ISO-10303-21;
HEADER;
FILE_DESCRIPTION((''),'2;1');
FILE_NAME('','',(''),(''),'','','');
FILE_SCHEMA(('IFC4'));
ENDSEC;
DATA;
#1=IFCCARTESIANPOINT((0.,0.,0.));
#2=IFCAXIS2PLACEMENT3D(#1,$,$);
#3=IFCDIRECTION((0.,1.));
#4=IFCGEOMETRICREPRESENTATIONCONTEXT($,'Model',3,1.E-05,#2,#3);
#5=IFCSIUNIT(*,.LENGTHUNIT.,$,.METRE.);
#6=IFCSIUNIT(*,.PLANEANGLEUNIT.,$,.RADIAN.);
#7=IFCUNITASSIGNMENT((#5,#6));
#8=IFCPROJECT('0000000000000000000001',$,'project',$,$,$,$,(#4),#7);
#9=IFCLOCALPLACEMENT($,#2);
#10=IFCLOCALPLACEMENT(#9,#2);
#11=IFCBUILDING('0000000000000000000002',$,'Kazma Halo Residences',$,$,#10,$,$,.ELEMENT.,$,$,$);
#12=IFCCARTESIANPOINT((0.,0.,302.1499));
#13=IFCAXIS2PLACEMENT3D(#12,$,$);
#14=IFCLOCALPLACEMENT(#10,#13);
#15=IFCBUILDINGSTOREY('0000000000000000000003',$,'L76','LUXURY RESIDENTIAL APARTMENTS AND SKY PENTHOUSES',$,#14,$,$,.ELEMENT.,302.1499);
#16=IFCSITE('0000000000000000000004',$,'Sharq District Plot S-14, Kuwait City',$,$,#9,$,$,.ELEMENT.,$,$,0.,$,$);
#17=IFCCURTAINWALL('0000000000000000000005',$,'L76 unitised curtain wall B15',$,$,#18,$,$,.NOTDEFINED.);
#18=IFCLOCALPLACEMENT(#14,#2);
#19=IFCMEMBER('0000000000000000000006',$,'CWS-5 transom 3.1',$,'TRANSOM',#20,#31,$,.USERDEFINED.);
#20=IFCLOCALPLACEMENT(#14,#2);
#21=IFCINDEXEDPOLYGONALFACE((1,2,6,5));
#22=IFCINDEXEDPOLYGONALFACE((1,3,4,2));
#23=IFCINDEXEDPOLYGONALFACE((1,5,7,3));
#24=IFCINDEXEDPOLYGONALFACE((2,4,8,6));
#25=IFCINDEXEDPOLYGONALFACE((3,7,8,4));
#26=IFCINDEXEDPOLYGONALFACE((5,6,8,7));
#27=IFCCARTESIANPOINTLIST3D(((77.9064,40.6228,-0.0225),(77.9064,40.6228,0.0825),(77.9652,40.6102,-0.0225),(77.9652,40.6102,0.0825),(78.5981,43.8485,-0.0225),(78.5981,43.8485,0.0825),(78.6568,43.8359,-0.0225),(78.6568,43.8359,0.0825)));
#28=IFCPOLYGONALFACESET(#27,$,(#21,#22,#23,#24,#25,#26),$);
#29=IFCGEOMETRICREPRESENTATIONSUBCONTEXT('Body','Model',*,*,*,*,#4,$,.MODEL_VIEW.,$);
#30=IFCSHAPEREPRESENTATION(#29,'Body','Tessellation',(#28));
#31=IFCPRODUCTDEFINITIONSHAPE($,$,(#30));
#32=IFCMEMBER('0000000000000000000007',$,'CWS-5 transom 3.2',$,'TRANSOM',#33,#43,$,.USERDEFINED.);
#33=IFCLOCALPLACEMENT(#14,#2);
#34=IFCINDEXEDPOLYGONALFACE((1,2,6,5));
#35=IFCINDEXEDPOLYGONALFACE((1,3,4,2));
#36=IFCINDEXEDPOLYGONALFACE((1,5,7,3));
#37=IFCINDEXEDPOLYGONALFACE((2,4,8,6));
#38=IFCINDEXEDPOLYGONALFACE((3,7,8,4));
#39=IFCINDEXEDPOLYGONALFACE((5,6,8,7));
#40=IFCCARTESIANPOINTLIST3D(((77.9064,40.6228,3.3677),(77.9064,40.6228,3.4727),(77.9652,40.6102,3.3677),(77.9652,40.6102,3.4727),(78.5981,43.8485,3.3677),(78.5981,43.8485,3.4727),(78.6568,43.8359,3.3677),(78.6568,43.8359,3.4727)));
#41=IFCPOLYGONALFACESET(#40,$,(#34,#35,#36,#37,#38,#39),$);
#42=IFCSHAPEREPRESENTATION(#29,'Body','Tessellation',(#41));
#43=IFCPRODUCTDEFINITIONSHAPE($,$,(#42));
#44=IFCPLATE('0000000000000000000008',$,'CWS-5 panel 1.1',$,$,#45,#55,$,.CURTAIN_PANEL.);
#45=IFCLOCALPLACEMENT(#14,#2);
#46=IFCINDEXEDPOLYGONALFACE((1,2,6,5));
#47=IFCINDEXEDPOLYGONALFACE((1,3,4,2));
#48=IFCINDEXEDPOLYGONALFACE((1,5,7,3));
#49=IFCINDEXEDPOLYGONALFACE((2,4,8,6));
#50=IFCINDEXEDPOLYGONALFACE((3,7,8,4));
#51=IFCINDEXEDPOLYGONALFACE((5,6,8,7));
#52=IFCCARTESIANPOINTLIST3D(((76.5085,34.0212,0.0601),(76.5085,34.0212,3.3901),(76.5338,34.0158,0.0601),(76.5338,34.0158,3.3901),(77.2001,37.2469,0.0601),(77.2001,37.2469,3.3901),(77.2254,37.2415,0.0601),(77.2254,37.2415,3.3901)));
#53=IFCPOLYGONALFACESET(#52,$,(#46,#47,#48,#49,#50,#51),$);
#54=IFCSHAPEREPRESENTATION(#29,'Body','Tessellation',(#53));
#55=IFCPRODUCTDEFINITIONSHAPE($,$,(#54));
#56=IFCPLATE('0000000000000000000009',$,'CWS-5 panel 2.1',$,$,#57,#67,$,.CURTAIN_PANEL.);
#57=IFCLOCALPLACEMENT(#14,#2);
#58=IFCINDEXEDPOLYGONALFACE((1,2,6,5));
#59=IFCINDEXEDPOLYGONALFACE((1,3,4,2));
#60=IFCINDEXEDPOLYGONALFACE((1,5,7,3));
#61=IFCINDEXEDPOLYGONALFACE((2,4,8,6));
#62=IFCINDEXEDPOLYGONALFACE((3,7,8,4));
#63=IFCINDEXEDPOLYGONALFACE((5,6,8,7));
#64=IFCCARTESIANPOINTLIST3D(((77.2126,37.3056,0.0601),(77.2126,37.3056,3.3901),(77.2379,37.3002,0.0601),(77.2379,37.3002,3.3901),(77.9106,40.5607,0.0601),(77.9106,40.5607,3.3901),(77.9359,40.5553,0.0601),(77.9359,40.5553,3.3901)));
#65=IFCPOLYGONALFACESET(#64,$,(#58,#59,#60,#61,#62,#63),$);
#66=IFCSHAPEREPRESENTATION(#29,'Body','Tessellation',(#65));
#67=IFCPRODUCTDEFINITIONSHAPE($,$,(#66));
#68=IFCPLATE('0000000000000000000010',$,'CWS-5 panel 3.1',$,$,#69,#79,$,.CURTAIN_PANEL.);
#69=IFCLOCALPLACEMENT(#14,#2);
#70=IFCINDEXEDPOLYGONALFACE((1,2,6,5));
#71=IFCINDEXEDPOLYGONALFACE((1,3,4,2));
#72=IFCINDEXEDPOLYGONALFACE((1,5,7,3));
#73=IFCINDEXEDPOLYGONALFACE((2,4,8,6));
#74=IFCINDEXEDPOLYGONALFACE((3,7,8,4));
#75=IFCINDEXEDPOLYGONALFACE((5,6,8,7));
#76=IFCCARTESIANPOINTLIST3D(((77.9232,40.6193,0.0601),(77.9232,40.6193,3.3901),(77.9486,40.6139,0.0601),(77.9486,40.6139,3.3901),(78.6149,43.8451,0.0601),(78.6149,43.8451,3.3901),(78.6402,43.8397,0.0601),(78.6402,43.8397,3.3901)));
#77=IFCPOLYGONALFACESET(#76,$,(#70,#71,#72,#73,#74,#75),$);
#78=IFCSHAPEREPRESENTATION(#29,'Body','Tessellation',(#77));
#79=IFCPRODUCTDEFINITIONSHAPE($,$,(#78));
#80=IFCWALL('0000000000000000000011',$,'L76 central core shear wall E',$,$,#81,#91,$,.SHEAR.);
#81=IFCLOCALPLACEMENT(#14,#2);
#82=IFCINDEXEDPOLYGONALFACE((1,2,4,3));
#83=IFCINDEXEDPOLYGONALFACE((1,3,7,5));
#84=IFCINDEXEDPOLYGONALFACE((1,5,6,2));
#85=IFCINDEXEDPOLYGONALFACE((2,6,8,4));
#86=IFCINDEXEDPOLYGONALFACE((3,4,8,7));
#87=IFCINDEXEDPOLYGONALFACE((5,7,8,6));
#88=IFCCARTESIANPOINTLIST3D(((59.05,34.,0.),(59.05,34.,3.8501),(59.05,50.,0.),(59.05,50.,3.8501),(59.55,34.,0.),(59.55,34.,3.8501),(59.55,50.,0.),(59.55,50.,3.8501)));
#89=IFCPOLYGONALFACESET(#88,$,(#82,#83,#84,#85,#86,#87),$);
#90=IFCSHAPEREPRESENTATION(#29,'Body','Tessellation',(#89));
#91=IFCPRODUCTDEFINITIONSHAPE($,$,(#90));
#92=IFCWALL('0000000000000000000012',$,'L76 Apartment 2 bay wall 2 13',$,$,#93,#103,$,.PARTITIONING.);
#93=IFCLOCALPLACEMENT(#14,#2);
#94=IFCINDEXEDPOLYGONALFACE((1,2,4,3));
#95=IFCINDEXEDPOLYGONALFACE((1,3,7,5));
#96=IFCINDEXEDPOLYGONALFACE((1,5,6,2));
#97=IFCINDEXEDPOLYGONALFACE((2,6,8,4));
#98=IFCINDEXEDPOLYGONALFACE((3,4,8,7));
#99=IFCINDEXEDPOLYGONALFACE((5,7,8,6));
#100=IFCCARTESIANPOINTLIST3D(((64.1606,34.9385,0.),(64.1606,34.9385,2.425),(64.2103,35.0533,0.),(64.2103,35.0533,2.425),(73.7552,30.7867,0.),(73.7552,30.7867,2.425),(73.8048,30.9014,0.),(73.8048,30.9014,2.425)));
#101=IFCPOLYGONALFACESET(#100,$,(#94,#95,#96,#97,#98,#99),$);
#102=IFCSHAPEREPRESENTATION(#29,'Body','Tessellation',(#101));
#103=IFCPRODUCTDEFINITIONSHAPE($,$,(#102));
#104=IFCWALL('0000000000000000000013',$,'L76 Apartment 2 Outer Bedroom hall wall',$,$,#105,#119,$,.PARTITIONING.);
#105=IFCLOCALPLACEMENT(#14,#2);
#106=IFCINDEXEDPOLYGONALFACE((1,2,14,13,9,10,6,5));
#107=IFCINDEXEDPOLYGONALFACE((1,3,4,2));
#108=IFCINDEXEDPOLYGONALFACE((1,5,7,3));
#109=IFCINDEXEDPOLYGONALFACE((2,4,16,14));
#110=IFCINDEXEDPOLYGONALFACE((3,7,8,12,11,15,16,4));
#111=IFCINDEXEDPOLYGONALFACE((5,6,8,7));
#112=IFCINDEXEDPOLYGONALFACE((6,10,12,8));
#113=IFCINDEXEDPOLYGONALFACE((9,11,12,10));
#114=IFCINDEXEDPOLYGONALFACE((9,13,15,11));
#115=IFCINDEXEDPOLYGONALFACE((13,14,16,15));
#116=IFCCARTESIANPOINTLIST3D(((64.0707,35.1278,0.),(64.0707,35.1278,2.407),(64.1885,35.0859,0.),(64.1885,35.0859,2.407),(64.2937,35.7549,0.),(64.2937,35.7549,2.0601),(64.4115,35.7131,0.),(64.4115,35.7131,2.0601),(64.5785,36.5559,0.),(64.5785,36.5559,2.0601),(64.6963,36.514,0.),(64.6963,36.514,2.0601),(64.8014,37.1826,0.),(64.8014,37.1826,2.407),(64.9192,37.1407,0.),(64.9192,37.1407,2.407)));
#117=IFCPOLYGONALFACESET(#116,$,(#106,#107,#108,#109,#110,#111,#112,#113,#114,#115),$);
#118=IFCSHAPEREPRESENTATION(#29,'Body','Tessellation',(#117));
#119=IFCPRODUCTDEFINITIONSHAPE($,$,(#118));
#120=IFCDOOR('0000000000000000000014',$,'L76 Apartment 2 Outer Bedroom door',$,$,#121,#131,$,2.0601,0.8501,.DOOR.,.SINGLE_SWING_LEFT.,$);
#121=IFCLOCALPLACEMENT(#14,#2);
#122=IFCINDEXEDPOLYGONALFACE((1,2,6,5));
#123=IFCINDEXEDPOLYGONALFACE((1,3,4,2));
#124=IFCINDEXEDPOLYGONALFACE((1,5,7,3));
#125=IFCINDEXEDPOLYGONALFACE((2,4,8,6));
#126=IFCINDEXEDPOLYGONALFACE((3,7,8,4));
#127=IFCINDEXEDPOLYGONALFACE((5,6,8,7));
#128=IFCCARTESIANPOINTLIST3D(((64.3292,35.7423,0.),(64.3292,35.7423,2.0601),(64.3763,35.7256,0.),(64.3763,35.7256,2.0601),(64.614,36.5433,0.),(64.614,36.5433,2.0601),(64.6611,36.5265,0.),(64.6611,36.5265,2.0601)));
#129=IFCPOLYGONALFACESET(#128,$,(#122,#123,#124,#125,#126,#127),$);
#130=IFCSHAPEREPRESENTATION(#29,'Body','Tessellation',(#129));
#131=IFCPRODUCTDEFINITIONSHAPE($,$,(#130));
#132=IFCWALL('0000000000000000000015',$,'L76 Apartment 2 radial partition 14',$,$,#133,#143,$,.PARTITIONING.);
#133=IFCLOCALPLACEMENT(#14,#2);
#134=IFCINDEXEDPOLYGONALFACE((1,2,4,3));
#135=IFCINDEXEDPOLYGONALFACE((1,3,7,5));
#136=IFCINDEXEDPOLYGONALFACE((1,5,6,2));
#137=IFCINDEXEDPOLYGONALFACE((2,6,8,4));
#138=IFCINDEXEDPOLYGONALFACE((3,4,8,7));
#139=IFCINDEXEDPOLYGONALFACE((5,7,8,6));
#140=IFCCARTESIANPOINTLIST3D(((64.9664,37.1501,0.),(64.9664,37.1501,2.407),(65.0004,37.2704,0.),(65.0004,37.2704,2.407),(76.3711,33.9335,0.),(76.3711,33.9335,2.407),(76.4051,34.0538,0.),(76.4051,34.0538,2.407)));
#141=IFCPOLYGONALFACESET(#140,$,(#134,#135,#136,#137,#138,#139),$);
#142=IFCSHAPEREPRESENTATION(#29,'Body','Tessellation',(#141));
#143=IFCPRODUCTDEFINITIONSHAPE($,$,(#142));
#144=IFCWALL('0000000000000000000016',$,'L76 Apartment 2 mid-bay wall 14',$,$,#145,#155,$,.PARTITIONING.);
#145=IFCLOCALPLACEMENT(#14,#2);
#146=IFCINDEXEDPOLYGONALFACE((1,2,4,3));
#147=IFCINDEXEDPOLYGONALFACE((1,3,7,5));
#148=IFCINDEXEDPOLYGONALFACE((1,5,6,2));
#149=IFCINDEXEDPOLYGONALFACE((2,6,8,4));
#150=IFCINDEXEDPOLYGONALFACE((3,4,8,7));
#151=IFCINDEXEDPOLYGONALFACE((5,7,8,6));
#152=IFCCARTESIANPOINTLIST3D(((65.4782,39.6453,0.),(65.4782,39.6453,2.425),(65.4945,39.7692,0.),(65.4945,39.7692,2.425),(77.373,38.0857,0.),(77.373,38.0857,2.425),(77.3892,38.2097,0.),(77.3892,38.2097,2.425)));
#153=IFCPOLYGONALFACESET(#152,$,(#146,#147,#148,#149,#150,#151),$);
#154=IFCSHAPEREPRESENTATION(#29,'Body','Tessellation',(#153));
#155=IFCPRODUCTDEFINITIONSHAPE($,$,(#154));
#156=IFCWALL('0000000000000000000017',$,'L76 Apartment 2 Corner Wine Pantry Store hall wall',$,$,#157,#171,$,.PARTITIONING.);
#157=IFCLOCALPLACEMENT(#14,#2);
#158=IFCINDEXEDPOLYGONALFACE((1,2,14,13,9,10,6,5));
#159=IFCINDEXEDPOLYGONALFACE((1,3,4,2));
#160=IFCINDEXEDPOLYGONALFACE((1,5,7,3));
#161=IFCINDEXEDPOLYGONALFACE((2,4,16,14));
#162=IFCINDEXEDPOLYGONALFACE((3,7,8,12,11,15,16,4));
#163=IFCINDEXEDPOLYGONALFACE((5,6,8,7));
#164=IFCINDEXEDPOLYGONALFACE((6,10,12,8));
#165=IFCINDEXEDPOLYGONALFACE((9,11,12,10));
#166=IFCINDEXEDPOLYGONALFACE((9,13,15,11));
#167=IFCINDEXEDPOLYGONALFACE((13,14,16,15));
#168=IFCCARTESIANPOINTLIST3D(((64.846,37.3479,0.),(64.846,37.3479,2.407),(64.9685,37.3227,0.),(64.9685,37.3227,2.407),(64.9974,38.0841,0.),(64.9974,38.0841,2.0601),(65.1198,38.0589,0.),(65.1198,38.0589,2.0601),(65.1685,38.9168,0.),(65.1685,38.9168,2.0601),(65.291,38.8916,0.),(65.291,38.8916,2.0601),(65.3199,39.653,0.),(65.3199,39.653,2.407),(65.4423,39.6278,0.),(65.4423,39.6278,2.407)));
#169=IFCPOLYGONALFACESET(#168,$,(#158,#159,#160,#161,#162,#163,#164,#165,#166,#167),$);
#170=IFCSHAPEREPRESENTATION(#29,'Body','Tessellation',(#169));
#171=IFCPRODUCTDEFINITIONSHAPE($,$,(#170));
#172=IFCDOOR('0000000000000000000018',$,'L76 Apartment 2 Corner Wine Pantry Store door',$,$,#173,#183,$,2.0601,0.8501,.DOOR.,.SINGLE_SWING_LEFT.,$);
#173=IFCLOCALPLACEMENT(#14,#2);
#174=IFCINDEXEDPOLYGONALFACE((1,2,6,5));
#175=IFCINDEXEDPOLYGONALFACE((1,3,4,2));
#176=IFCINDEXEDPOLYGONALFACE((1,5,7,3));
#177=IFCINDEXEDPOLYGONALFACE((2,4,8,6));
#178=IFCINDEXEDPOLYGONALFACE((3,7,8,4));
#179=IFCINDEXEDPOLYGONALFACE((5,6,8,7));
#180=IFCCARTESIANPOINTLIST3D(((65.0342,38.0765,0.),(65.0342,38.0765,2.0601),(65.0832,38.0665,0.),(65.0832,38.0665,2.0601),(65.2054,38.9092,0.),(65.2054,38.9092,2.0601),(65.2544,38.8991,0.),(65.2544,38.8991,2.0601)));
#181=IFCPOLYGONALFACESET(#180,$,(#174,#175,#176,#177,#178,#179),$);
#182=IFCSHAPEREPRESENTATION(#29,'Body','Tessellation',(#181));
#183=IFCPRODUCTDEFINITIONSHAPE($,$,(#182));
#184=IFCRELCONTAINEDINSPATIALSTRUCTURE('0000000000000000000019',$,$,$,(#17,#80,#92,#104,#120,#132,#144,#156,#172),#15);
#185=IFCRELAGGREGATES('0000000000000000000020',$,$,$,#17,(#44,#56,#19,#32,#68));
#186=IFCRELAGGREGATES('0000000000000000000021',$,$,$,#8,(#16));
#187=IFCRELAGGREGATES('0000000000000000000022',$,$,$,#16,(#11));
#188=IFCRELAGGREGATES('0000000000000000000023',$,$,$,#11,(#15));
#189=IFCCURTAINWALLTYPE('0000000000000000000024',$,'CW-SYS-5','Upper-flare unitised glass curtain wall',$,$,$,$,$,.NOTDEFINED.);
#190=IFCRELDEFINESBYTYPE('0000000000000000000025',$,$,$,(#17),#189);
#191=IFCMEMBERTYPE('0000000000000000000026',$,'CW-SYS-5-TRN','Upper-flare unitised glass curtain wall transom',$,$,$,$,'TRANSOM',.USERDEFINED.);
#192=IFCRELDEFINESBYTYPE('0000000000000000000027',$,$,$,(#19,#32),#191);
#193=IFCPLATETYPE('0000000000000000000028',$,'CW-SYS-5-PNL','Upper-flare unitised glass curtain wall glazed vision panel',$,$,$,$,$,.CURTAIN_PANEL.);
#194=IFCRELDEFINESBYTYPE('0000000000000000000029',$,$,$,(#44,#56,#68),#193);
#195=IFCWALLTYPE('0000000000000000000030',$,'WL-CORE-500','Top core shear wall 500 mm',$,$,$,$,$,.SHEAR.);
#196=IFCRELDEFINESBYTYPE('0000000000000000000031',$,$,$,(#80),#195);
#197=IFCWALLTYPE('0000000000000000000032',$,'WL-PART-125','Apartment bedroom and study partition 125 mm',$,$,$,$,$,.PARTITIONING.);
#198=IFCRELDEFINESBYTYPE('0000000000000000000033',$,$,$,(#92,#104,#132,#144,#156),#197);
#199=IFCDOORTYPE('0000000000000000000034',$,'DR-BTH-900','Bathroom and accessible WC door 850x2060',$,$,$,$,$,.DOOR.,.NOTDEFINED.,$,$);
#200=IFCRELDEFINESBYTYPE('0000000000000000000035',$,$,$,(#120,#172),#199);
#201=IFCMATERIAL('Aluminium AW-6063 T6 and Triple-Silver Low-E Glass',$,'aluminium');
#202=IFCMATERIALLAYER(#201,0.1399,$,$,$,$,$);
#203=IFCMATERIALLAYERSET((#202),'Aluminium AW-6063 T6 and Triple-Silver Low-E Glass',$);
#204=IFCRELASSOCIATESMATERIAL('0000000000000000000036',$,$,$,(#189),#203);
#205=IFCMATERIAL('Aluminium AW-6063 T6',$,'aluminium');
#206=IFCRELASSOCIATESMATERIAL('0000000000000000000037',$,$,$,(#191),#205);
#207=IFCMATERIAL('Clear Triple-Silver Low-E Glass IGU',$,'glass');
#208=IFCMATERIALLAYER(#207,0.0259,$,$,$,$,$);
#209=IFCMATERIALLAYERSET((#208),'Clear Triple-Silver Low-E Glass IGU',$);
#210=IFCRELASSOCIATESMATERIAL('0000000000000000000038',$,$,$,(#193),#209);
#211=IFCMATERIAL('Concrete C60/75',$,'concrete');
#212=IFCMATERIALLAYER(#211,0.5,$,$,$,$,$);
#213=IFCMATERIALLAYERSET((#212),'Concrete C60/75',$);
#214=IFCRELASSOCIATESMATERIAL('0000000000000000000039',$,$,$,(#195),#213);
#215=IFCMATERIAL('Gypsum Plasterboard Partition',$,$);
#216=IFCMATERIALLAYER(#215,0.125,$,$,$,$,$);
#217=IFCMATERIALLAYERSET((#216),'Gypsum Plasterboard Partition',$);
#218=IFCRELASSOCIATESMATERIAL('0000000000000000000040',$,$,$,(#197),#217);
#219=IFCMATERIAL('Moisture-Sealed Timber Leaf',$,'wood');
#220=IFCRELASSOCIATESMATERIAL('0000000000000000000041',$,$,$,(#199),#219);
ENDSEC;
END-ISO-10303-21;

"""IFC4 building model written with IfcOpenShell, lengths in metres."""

from ifc_helpers import new_model, si_unit, direction, frame, frame_2d, origin, origin_2d, place, context, subcontext, project, spatial, rectangle, extrude, material, layer, layer_set, material_profile, profile_set, type_object, element, fill, aggregate, save


model = new_model("IFC4")

# Units and contexts
model_context = context("Model", 3, precision=1e-05, world=origin(), true_north=direction((0.0, 1.0)))
body_context = subcontext(model_context, "Body", "Model", "MODEL_VIEW")
ifc_project = project(units=[si_unit("LENGTHUNIT", "METRE"), si_unit("PLANEANGLEUNIT", "RADIAN")], contexts=[model_context])

# Site, building, storey
site_placement = place(None, origin())
site = spatial("IfcSite", under=ifc_project, at=site_placement, Name="Sharq District Plot S-14, Kuwait City", CompositionType="ELEMENT", RefElevation=0.0)
building_placement = place(site_placement, origin())
building = spatial("IfcBuilding", under=site, at=building_placement, Name="Kazma Halo Residences", CompositionType="ELEMENT")
storey_placement = place(building_placement, frame((0.0, 0.0, 302.1499)))
storey = spatial("IfcBuildingStorey", under=building, at=storey_placement, Name="L76", Description="LUXURY RESIDENTIAL APARTMENTS AND SKY PENTHOUSES", CompositionType="ELEMENT", Elevation=302.1499)

# Shared definitions
ifc_material_1 = material(Name="Concrete C60/75", Category="concrete")

# Curtain wall, members, plates
ifc_material_2 = material(Name="Aluminium AW-6063 T6 and Triple-Silver Low-E Glass", Category="aluminium")
ifc_layer_1 = layer(ifc_material_2, 0.1399)
ifc_layer_set_1 = layer_set([ifc_layer_1], Name="Aluminium AW-6063 T6 and Triple-Silver Low-E Glass")
curtain_wall_type = type_object("IfcCurtainWallType", Name="CW-SYS-5", Description="Upper-flare unitised glass curtain wall", PredefinedType="NOTDEFINED", material=ifc_layer_set_1)
curtain_wall_placement = place(storey_placement, origin())
curtain_wall = element("IfcCurtainWall", 1, at=curtain_wall_placement, inside=storey, type_object=curtain_wall_type, Name="L76 unitised curtain wall B15", PredefinedType="NOTDEFINED")
ifc_material_3 = material(Name="Aluminium AW-6063 T6", Category="aluminium")
ifc_material_profile_1 = material_profile(ifc_material_3, rectangle(XDim=0.0601, YDim=0.105, at=origin_2d()), Name="CWT-60x105")
ifc_profile_set_1 = profile_set([ifc_material_profile_1], Name="Aluminium AW-6063 T6")
member_type_1 = type_object("IfcMemberType", Name="CW-SYS-5-TRN", Description="Upper-flare unitised glass curtain wall transom", ElementType="TRANSOM", PredefinedType="USERDEFINED", material=ifc_profile_set_1)
member_1_placement = place(storey_placement, frame((77.9358, 40.6165, 0.03), z_axis=(0.209645, 0.977777, 0.0), x_axis=(-0.977777, 0.209645, 0.0)))
member_1 = element("IfcMember", 2, at=member_1_placement, type_object=member_type_1, Name="CWS-5 transom 3.1", ObjectType="TRANSOM", PredefinedType="USERDEFINED", context=body_context, shape_type="SweptSolid", body=[
    extrude(rectangle(XDim=0.0601, YDim=0.105, at=origin_2d()), origin(), (0.0, 0.0, 1.0), 3.2991),
])
member_2_placement = place(storey_placement, frame((77.9358, 40.6165, 3.4202), z_axis=(0.209645, 0.977777, 0.0), x_axis=(-0.977777, 0.209645, 0.0)))
member_2 = element("IfcMember", 3, at=member_2_placement, type_object=member_type_1, Name="CWS-5 transom 3.2", ObjectType="TRANSOM", PredefinedType="USERDEFINED", context=body_context, shape_type="SweptSolid", body=[
    extrude(rectangle(XDim=0.0601, YDim=0.105, at=origin_2d()), origin(), (0.0, 0.0, 1.0), 3.2991),
])
ifc_material_4 = material(Name="Clear Triple-Silver Low-E Glass IGU", Category="glass")
ifc_layer_2 = layer(ifc_material_4, 0.0259)
ifc_layer_set_2 = layer_set([ifc_layer_2], Name="Clear Triple-Silver Low-E Glass IGU")
plate_type = type_object("IfcPlateType", Name="CW-SYS-5-PNL", Description="Upper-flare unitised glass curtain wall glazed vision panel", PredefinedType="CURTAIN_PANEL", material=ifc_layer_set_2)
plate_1_placement = place(storey_placement, frame((76.8669, 35.6313, 0.0601), z_axis=(0.0, 0.0, 1.0), x_axis=(0.209657, 0.977775, 0.0)))
plate_1 = element("IfcPlate", 4, at=plate_1_placement, type_object=plate_type, Name="CWS-5 panel 1.1", PredefinedType="CURTAIN_PANEL", context=body_context, shape_type="SweptSolid", body=[
    extrude(rectangle(XDim=3.2991, YDim=0.0259, at=origin_2d()), origin(), (0.0, 0.0, 1.0), 3.3301),
])
plate_2_placement = place(storey_placement, frame((77.5742, 38.9304, 0.0601), z_axis=(0.0, 0.0, 1.0), x_axis=(0.209657, 0.977775, 0.0)))
plate_2 = element("IfcPlate", 5, at=plate_2_placement, type_object=plate_type, Name="CWS-5 panel 2.1", PredefinedType="CURTAIN_PANEL", context=body_context, shape_type="SweptSolid", body=[
    extrude(rectangle(XDim=3.3291, YDim=0.0259, at=origin_2d()), origin(), (0.0, 0.0, 1.0), 3.3301),
])
plate_3_placement = place(storey_placement, frame((78.2817, 42.2295, 0.0601), z_axis=(0.0, 0.0, 1.0), x_axis=(0.209657, 0.977775, 0.0)))
plate_3 = element("IfcPlate", 6, at=plate_3_placement, type_object=plate_type, Name="CWS-5 panel 3.1", PredefinedType="CURTAIN_PANEL", context=body_context, shape_type="SweptSolid", body=[
    extrude(rectangle(XDim=3.2991, YDim=0.0259, at=origin_2d()), origin(), (0.0, 0.0, 1.0), 3.3301),
])
aggregate(curtain_wall, [plate_1, plate_2, member_1, member_2, plate_3])

# Walls
ifc_layer_3 = layer(ifc_material_1, 0.5)
ifc_layer_set_3 = layer_set([ifc_layer_3], Name="Concrete C60/75")
wall_type_1 = type_object("IfcWallType", Name="WL-CORE-500", Description="Top core shear wall 500 mm", PredefinedType="SHEAR", material=ifc_layer_set_3)
wall_1_placement = place(storey_placement, frame((59.3, 34.0, 0.0), z_axis=(0.0, 0.0, 1.0), x_axis=(0.0, 1.0, 0.0)))
element("IfcWall", 7, at=wall_1_placement, inside=storey, type_object=wall_type_1, Name="L76 central core shear wall E", PredefinedType="SHEAR", context=body_context, shape_type="SweptSolid", body=[
    extrude(rectangle(XDim=16.0, YDim=0.5, at=frame_2d((8.0, 0.0))), origin(), (0.0, 0.0, 1.0), 3.8501),
])
ifc_material_5 = material(Name="Gypsum Plasterboard Partition")
ifc_layer_4 = layer(ifc_material_5, 0.125)
ifc_layer_set_4 = layer_set([ifc_layer_4], Name="Gypsum Plasterboard Partition")
wall_type_2 = type_object("IfcWallType", Name="WL-PART-125", Description="Apartment bedroom and study partition 125 mm", PredefinedType="PARTITIONING", material=ifc_layer_set_4)
wall_2_placement = place(storey_placement, frame((64.1855, 34.9958, 0.0), z_axis=(0.0, 0.0, 1.0), x_axis=(0.917756, -0.397144, 0.0)))
element("IfcWall", 8, at=wall_2_placement, inside=storey, type_object=wall_type_2, Name="L76 Apartment 2 bay wall 2 13", PredefinedType="PARTITIONING", context=body_context, shape_type="SweptSolid", body=[
    extrude(rectangle(XDim=10.4543, YDim=0.125, at=frame_2d((5.2271, 0.0))), origin(), (0.0, 0.0, 1.0), 2.425),
])

# Wall, opening, door
wall_3_placement = place(storey_placement, frame((64.1296, 35.1069, 0.0), z_axis=(0.0, 0.0, 1.0), x_axis=(0.335038, 0.942204, 0.0)))
wall_3 = element("IfcWall", 9, at=wall_3_placement, inside=storey, type_object=wall_type_2, Name="L76 Apartment 2 Outer Bedroom hall wall", PredefinedType="PARTITIONING", context=body_context, shape_type="SweptSolid", body=[
    extrude(rectangle(XDim=2.1809, YDim=0.125, at=frame_2d((1.0903, 0.0))), origin(), (0.0, 0.0, 1.0), 2.407),
])
opening_1_placement = place(wall_3_placement, frame((0.6655, 0.0, 0.0)))
opening_1 = element("IfcOpeningElement", 10, at=opening_1_placement, cuts=wall_3, PredefinedType="OPENING", context=body_context, shape_type="SweptSolid", body=[
    extrude(rectangle(XDim=0.8501, YDim=2.0601, at=frame_2d((0.425, 1.03))), frame((0.0, 0.0725, 0.0), z_axis=(0.0, -1.0, 0.0), x_axis=(1.0, 0.0, 0.0)), (0.0, 0.0, 1.0), 0.145),
])
ifc_material_6 = material(Name="Moisture-Sealed Timber Leaf", Category="wood")
door_type_1 = type_object("IfcDoorType", Name="DR-BTH-900", Description="Bathroom and accessible WC door 850x2060", OperationType="NOTDEFINED", PredefinedType="DOOR", material=ifc_material_6)
door_1_placement = place(opening_1_placement, origin())
door_1 = element("IfcDoor", 11, at=door_1_placement, inside=storey, type_object=door_type_1, Name="L76 Apartment 2 Outer Bedroom door", OperationType="SINGLE_SWING_LEFT", OverallHeight=2.0601, OverallWidth=0.8501, PredefinedType="DOOR", context=body_context, shape_type="SweptSolid", body=[
    extrude(rectangle(XDim=0.8501, YDim=2.0601, at=frame_2d((0.425, 1.03))), frame((0.0, 0.0249, 0.0), z_axis=(0.0, -1.0, 0.0), x_axis=(1.0, 0.0, 0.0)), (0.0, 0.0, 1.0), 0.05),
])
fill(opening_1, door_1)

# Walls
wall_4_placement = place(storey_placement, frame((64.9834, 37.2102, 0.0), z_axis=(0.0, 0.0, 1.0), x_axis=(0.962454, -0.271446, 0.0)))
element("IfcWall", 12, at=wall_4_placement, inside=storey, type_object=wall_type_2, Name="L76 Apartment 2 radial partition 14", PredefinedType="PARTITIONING", context=body_context, shape_type="SweptSolid", body=[
    extrude(rectangle(XDim=11.8496, YDim=0.125, at=frame_2d((5.9248, 0.0))), origin(), (0.0, 0.0, 1.0), 2.407),
])
wall_5_placement = place(storey_placement, frame((65.4863, 39.7073, 0.0), z_axis=(0.0, 0.0, 1.0), x_axis=(0.991514, -0.130001, 0.0)))
element("IfcWall", 13, at=wall_5_placement, inside=storey, type_object=wall_type_2, Name="L76 Apartment 2 mid-bay wall 14", PredefinedType="PARTITIONING", context=body_context, shape_type="SweptSolid", body=[
    extrude(rectangle(XDim=11.9966, YDim=0.125, at=frame_2d((5.9983, 0.0))), origin(), (0.0, 0.0, 1.0), 2.425),
])

# Wall, opening, door
wall_6_placement = place(storey_placement, frame((64.9072, 37.3352, 0.0), z_axis=(0.0, 0.0, 1.0), x_axis=(0.20136, 0.979517, 0.0)))
wall_6 = element("IfcWall", 14, at=wall_6_placement, inside=storey, type_object=wall_type_2, Name="L76 Apartment 2 Corner Wine Pantry Store hall wall", PredefinedType="PARTITIONING", context=body_context, shape_type="SweptSolid", body=[
    extrude(rectangle(XDim=2.3533, YDim=0.125, at=frame_2d((1.1768, 0.0))), origin(), (0.0, 0.0, 1.0), 2.407),
])
opening_2_placement = place(wall_6_placement, frame((0.7517, 0.0, 0.0)))
opening_2 = element("IfcOpeningElement", 15, at=opening_2_placement, cuts=wall_6, PredefinedType="OPENING", context=body_context, shape_type="SweptSolid", body=[
    extrude(rectangle(XDim=0.8501, YDim=2.0601, at=frame_2d((0.425, 1.03))), frame((0.0, 0.0725, 0.0), z_axis=(0.0, -1.0, 0.0), x_axis=(1.0, 0.0, 0.0)), (0.0, 0.0, 1.0), 0.145),
])
door_2_placement = place(opening_2_placement, origin())
door_2 = element("IfcDoor", 16, at=door_2_placement, inside=storey, type_object=door_type_1, Name="L76 Apartment 2 Corner Wine Pantry Store door", OperationType="SINGLE_SWING_LEFT", OverallHeight=2.0601, OverallWidth=0.8501, PredefinedType="DOOR", context=body_context, shape_type="SweptSolid", body=[
    extrude(rectangle(XDim=0.8501, YDim=2.0601, at=frame_2d((0.425, 1.03))), frame((0.0, 0.0249, 0.0), z_axis=(0.0, -1.0, 0.0), x_axis=(1.0, 0.0, 0.0)), (0.0, 0.0, 1.0), 0.05),
])
fill(opening_2, door_2)

save(model, "model.ifc")
